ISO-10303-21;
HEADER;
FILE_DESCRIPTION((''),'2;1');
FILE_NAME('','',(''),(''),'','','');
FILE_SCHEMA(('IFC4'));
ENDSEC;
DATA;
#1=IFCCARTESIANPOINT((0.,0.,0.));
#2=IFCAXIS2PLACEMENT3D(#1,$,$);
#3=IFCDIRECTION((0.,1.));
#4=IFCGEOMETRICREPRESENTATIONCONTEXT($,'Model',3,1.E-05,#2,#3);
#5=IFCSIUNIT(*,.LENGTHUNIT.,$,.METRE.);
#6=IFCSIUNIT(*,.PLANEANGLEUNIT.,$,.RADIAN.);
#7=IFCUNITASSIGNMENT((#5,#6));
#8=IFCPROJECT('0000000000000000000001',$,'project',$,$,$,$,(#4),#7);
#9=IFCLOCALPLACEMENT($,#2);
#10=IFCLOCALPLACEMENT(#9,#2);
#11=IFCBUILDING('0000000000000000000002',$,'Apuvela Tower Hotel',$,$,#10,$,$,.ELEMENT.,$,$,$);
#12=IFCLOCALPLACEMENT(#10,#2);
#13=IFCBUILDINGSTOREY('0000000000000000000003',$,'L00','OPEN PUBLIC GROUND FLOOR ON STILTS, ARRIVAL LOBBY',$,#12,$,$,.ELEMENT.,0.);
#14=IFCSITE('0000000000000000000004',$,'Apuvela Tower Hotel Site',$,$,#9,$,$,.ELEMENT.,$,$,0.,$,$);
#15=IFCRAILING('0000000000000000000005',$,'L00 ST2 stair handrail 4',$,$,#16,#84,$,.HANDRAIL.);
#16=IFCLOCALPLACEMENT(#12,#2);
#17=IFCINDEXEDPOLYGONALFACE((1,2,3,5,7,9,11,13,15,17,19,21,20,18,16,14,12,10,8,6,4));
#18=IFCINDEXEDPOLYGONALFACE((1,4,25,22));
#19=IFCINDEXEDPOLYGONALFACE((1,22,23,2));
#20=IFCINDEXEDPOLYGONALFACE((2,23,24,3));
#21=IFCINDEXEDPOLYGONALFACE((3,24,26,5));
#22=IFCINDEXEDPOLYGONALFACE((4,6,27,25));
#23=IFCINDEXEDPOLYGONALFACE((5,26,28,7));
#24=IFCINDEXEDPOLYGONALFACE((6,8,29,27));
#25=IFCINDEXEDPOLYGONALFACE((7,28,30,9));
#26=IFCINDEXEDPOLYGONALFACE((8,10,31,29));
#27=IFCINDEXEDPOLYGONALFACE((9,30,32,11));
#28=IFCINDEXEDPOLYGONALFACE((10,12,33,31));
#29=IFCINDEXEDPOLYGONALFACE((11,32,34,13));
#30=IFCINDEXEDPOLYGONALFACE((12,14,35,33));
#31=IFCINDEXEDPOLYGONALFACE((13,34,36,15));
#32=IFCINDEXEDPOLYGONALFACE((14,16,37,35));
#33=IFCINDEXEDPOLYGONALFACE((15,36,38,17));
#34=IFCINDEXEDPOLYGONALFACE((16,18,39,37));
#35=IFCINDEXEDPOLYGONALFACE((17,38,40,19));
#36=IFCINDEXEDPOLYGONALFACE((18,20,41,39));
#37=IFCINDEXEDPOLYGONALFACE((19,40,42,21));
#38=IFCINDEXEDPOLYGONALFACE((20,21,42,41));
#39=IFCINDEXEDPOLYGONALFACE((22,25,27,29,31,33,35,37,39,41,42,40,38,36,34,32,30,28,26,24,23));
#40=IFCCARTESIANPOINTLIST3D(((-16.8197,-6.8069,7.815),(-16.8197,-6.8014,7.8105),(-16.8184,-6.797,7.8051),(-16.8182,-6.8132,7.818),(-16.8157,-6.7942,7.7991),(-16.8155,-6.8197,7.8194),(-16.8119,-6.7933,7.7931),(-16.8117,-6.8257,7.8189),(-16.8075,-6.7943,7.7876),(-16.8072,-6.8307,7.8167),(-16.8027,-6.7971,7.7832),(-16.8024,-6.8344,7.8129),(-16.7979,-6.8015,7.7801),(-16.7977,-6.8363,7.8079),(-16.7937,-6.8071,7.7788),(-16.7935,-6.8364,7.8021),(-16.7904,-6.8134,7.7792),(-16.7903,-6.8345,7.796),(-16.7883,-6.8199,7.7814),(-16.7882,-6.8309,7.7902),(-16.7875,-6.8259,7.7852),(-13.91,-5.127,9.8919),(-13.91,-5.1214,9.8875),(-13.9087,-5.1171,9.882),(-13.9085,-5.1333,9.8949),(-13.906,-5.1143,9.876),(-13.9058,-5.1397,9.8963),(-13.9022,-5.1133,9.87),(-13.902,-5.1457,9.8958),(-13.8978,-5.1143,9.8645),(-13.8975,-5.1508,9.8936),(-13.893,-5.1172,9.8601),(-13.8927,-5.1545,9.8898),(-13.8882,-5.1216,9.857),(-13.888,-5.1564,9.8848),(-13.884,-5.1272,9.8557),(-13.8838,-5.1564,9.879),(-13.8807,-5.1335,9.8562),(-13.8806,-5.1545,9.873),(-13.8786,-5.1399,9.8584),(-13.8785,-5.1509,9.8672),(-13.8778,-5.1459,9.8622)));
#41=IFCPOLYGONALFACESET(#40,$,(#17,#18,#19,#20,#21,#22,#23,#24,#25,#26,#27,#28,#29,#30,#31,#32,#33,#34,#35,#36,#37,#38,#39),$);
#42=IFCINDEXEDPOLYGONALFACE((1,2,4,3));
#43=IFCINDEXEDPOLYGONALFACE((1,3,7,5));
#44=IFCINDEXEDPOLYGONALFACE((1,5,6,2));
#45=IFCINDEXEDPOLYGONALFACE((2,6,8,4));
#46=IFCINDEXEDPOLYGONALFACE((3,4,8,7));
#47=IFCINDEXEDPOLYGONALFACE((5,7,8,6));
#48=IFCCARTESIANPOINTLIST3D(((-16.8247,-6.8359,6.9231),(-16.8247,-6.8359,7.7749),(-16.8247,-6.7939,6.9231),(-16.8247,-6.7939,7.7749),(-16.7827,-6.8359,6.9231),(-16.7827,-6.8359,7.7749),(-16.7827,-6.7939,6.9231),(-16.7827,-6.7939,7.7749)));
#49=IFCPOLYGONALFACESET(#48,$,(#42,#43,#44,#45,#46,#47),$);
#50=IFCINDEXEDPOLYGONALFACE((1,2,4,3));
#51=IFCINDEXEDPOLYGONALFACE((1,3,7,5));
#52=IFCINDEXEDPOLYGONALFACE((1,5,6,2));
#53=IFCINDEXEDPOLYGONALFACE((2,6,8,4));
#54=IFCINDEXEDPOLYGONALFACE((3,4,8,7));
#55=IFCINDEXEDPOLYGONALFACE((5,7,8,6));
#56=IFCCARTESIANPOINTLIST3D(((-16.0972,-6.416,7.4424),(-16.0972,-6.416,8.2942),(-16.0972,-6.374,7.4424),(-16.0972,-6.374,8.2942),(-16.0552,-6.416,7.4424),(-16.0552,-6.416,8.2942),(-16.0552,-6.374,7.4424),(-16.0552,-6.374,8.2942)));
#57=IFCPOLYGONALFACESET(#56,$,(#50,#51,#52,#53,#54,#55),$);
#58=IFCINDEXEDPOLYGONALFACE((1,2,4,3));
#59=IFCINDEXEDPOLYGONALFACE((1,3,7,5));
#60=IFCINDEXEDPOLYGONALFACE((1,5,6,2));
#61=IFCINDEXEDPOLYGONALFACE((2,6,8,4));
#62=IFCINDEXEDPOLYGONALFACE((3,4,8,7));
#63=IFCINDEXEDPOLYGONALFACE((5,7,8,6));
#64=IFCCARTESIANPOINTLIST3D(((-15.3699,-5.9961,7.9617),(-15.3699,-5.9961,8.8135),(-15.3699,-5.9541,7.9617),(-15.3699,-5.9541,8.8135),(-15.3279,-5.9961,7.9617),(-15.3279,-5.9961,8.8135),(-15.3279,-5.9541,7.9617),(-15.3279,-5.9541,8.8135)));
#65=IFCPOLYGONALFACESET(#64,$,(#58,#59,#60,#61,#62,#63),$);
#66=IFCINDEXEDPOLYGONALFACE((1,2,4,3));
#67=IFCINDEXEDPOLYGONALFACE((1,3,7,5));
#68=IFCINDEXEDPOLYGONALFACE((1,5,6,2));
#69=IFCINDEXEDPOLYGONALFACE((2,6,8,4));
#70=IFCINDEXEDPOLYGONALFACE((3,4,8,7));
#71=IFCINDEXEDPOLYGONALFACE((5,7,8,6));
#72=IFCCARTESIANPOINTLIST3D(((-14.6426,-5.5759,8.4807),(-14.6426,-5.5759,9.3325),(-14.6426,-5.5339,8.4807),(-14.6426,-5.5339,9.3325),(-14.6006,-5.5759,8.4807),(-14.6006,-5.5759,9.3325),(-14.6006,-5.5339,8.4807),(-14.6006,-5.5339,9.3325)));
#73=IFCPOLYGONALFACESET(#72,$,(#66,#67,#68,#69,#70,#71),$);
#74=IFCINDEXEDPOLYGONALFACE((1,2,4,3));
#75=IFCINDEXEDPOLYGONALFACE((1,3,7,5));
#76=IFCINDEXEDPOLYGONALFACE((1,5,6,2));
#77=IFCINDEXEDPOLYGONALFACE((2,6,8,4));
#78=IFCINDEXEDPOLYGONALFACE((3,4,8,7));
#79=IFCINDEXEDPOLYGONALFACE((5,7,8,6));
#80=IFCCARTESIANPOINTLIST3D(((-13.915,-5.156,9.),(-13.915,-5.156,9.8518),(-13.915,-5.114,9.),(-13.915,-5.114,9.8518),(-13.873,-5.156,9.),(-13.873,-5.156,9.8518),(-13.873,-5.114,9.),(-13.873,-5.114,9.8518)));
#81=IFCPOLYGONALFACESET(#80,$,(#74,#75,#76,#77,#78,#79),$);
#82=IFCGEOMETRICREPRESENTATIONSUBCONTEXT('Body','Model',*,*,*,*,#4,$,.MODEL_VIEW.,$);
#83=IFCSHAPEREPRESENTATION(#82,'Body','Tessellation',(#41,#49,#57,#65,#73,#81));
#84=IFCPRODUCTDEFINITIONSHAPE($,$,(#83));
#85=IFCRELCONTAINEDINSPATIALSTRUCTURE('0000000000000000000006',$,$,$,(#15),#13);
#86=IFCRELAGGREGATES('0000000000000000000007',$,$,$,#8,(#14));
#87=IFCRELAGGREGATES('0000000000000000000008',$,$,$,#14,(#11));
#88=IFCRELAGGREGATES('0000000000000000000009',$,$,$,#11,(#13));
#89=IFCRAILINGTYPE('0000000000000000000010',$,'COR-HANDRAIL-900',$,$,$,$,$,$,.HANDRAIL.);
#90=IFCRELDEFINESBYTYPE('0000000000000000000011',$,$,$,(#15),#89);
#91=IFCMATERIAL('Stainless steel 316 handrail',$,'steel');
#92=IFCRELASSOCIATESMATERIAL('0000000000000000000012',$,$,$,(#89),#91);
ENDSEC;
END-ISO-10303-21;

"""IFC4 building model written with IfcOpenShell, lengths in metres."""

from ifc_helpers import new_model, si_unit, direction, frame, origin, origin_2d, place, context, subcontext, project, spatial, rectangle, circle, extrude, material, type_object, element, save


model = new_model("IFC4")

# Units and contexts
model_context = context("Model", 3, precision=1e-05, world=origin(), true_north=direction((0.0, 1.0)))
body_context = subcontext(model_context, "Body", "Model", "MODEL_VIEW")
ifc_project = project(units=[si_unit("LENGTHUNIT", "METRE"), si_unit("PLANEANGLEUNIT", "RADIAN")], contexts=[model_context])

# Site, building, storey
site_placement = place(None, origin())
site = spatial("IfcSite", under=ifc_project, at=site_placement, Name="Apuvela Tower Hotel Site", CompositionType="ELEMENT", RefElevation=0.0)
building_placement = place(site_placement, origin())
building = spatial("IfcBuilding", under=site, at=building_placement, Name="Apuvela Tower Hotel", CompositionType="ELEMENT")
storey_placement = place(building_placement, origin())
storey = spatial("IfcBuildingStorey", under=building, at=storey_placement, Name="L00", Description="OPEN PUBLIC GROUND FLOOR ON STILTS, ARRIVAL LOBBY", CompositionType="ELEMENT", Elevation=0.0)

# Railing
ifc_material_1 = material(Name="Stainless steel 316 handrail", Category="steel")
railing_type_1 = type_object("IfcRailingType", Name="COR-HANDRAIL-900", PredefinedType="HANDRAIL", material=ifc_material_1)
for number, where, name in (
    (1, (-16.8037, -6.8149, 6.9231), "L00 ST2 stair handrail 4"),
):
    element("IfcRailing", number, at=place(storey_placement, frame(where)), inside=storey, type_object=railing_type_1, Name=name, PredefinedType="HANDRAIL", context=body_context, shape_type="SweptSolid", body=[
        extrude(circle(Radius=0.0239, at=origin_2d()), frame((0.0, 0.0, 0.876), z_axis=(0.73664, 0.425308, 0.525809), x_axis=(-0.500008, 0.866021, 0.0)), (0.0, 0.0, 1.0), 3.95),
        extrude(rectangle(XDim=0.042, YDim=0.042, at=origin_2d()), origin(), (0.0, 0.0, 1.0), 0.8518),
        extrude(rectangle(XDim=0.042, YDim=0.042, at=origin_2d()), frame((0.7275, 0.4199, 0.5193)), (0.0, 0.0, 1.0), 0.8518),
        extrude(rectangle(XDim=0.042, YDim=0.042, at=origin_2d()), frame((1.4548, 0.8398, 1.0386)), (0.0, 0.0, 1.0), 0.8518),
        extrude(rectangle(XDim=0.042, YDim=0.042, at=origin_2d()), frame((2.1821, 1.26, 1.5576)), (0.0, 0.0, 1.0), 0.8518),
        extrude(rectangle(XDim=0.042, YDim=0.042, at=origin_2d()), frame((2.9097, 1.6799, 2.0769)), (0.0, 0.0, 1.0), 0.8518),
    ])

save(model, "model.ifc")
